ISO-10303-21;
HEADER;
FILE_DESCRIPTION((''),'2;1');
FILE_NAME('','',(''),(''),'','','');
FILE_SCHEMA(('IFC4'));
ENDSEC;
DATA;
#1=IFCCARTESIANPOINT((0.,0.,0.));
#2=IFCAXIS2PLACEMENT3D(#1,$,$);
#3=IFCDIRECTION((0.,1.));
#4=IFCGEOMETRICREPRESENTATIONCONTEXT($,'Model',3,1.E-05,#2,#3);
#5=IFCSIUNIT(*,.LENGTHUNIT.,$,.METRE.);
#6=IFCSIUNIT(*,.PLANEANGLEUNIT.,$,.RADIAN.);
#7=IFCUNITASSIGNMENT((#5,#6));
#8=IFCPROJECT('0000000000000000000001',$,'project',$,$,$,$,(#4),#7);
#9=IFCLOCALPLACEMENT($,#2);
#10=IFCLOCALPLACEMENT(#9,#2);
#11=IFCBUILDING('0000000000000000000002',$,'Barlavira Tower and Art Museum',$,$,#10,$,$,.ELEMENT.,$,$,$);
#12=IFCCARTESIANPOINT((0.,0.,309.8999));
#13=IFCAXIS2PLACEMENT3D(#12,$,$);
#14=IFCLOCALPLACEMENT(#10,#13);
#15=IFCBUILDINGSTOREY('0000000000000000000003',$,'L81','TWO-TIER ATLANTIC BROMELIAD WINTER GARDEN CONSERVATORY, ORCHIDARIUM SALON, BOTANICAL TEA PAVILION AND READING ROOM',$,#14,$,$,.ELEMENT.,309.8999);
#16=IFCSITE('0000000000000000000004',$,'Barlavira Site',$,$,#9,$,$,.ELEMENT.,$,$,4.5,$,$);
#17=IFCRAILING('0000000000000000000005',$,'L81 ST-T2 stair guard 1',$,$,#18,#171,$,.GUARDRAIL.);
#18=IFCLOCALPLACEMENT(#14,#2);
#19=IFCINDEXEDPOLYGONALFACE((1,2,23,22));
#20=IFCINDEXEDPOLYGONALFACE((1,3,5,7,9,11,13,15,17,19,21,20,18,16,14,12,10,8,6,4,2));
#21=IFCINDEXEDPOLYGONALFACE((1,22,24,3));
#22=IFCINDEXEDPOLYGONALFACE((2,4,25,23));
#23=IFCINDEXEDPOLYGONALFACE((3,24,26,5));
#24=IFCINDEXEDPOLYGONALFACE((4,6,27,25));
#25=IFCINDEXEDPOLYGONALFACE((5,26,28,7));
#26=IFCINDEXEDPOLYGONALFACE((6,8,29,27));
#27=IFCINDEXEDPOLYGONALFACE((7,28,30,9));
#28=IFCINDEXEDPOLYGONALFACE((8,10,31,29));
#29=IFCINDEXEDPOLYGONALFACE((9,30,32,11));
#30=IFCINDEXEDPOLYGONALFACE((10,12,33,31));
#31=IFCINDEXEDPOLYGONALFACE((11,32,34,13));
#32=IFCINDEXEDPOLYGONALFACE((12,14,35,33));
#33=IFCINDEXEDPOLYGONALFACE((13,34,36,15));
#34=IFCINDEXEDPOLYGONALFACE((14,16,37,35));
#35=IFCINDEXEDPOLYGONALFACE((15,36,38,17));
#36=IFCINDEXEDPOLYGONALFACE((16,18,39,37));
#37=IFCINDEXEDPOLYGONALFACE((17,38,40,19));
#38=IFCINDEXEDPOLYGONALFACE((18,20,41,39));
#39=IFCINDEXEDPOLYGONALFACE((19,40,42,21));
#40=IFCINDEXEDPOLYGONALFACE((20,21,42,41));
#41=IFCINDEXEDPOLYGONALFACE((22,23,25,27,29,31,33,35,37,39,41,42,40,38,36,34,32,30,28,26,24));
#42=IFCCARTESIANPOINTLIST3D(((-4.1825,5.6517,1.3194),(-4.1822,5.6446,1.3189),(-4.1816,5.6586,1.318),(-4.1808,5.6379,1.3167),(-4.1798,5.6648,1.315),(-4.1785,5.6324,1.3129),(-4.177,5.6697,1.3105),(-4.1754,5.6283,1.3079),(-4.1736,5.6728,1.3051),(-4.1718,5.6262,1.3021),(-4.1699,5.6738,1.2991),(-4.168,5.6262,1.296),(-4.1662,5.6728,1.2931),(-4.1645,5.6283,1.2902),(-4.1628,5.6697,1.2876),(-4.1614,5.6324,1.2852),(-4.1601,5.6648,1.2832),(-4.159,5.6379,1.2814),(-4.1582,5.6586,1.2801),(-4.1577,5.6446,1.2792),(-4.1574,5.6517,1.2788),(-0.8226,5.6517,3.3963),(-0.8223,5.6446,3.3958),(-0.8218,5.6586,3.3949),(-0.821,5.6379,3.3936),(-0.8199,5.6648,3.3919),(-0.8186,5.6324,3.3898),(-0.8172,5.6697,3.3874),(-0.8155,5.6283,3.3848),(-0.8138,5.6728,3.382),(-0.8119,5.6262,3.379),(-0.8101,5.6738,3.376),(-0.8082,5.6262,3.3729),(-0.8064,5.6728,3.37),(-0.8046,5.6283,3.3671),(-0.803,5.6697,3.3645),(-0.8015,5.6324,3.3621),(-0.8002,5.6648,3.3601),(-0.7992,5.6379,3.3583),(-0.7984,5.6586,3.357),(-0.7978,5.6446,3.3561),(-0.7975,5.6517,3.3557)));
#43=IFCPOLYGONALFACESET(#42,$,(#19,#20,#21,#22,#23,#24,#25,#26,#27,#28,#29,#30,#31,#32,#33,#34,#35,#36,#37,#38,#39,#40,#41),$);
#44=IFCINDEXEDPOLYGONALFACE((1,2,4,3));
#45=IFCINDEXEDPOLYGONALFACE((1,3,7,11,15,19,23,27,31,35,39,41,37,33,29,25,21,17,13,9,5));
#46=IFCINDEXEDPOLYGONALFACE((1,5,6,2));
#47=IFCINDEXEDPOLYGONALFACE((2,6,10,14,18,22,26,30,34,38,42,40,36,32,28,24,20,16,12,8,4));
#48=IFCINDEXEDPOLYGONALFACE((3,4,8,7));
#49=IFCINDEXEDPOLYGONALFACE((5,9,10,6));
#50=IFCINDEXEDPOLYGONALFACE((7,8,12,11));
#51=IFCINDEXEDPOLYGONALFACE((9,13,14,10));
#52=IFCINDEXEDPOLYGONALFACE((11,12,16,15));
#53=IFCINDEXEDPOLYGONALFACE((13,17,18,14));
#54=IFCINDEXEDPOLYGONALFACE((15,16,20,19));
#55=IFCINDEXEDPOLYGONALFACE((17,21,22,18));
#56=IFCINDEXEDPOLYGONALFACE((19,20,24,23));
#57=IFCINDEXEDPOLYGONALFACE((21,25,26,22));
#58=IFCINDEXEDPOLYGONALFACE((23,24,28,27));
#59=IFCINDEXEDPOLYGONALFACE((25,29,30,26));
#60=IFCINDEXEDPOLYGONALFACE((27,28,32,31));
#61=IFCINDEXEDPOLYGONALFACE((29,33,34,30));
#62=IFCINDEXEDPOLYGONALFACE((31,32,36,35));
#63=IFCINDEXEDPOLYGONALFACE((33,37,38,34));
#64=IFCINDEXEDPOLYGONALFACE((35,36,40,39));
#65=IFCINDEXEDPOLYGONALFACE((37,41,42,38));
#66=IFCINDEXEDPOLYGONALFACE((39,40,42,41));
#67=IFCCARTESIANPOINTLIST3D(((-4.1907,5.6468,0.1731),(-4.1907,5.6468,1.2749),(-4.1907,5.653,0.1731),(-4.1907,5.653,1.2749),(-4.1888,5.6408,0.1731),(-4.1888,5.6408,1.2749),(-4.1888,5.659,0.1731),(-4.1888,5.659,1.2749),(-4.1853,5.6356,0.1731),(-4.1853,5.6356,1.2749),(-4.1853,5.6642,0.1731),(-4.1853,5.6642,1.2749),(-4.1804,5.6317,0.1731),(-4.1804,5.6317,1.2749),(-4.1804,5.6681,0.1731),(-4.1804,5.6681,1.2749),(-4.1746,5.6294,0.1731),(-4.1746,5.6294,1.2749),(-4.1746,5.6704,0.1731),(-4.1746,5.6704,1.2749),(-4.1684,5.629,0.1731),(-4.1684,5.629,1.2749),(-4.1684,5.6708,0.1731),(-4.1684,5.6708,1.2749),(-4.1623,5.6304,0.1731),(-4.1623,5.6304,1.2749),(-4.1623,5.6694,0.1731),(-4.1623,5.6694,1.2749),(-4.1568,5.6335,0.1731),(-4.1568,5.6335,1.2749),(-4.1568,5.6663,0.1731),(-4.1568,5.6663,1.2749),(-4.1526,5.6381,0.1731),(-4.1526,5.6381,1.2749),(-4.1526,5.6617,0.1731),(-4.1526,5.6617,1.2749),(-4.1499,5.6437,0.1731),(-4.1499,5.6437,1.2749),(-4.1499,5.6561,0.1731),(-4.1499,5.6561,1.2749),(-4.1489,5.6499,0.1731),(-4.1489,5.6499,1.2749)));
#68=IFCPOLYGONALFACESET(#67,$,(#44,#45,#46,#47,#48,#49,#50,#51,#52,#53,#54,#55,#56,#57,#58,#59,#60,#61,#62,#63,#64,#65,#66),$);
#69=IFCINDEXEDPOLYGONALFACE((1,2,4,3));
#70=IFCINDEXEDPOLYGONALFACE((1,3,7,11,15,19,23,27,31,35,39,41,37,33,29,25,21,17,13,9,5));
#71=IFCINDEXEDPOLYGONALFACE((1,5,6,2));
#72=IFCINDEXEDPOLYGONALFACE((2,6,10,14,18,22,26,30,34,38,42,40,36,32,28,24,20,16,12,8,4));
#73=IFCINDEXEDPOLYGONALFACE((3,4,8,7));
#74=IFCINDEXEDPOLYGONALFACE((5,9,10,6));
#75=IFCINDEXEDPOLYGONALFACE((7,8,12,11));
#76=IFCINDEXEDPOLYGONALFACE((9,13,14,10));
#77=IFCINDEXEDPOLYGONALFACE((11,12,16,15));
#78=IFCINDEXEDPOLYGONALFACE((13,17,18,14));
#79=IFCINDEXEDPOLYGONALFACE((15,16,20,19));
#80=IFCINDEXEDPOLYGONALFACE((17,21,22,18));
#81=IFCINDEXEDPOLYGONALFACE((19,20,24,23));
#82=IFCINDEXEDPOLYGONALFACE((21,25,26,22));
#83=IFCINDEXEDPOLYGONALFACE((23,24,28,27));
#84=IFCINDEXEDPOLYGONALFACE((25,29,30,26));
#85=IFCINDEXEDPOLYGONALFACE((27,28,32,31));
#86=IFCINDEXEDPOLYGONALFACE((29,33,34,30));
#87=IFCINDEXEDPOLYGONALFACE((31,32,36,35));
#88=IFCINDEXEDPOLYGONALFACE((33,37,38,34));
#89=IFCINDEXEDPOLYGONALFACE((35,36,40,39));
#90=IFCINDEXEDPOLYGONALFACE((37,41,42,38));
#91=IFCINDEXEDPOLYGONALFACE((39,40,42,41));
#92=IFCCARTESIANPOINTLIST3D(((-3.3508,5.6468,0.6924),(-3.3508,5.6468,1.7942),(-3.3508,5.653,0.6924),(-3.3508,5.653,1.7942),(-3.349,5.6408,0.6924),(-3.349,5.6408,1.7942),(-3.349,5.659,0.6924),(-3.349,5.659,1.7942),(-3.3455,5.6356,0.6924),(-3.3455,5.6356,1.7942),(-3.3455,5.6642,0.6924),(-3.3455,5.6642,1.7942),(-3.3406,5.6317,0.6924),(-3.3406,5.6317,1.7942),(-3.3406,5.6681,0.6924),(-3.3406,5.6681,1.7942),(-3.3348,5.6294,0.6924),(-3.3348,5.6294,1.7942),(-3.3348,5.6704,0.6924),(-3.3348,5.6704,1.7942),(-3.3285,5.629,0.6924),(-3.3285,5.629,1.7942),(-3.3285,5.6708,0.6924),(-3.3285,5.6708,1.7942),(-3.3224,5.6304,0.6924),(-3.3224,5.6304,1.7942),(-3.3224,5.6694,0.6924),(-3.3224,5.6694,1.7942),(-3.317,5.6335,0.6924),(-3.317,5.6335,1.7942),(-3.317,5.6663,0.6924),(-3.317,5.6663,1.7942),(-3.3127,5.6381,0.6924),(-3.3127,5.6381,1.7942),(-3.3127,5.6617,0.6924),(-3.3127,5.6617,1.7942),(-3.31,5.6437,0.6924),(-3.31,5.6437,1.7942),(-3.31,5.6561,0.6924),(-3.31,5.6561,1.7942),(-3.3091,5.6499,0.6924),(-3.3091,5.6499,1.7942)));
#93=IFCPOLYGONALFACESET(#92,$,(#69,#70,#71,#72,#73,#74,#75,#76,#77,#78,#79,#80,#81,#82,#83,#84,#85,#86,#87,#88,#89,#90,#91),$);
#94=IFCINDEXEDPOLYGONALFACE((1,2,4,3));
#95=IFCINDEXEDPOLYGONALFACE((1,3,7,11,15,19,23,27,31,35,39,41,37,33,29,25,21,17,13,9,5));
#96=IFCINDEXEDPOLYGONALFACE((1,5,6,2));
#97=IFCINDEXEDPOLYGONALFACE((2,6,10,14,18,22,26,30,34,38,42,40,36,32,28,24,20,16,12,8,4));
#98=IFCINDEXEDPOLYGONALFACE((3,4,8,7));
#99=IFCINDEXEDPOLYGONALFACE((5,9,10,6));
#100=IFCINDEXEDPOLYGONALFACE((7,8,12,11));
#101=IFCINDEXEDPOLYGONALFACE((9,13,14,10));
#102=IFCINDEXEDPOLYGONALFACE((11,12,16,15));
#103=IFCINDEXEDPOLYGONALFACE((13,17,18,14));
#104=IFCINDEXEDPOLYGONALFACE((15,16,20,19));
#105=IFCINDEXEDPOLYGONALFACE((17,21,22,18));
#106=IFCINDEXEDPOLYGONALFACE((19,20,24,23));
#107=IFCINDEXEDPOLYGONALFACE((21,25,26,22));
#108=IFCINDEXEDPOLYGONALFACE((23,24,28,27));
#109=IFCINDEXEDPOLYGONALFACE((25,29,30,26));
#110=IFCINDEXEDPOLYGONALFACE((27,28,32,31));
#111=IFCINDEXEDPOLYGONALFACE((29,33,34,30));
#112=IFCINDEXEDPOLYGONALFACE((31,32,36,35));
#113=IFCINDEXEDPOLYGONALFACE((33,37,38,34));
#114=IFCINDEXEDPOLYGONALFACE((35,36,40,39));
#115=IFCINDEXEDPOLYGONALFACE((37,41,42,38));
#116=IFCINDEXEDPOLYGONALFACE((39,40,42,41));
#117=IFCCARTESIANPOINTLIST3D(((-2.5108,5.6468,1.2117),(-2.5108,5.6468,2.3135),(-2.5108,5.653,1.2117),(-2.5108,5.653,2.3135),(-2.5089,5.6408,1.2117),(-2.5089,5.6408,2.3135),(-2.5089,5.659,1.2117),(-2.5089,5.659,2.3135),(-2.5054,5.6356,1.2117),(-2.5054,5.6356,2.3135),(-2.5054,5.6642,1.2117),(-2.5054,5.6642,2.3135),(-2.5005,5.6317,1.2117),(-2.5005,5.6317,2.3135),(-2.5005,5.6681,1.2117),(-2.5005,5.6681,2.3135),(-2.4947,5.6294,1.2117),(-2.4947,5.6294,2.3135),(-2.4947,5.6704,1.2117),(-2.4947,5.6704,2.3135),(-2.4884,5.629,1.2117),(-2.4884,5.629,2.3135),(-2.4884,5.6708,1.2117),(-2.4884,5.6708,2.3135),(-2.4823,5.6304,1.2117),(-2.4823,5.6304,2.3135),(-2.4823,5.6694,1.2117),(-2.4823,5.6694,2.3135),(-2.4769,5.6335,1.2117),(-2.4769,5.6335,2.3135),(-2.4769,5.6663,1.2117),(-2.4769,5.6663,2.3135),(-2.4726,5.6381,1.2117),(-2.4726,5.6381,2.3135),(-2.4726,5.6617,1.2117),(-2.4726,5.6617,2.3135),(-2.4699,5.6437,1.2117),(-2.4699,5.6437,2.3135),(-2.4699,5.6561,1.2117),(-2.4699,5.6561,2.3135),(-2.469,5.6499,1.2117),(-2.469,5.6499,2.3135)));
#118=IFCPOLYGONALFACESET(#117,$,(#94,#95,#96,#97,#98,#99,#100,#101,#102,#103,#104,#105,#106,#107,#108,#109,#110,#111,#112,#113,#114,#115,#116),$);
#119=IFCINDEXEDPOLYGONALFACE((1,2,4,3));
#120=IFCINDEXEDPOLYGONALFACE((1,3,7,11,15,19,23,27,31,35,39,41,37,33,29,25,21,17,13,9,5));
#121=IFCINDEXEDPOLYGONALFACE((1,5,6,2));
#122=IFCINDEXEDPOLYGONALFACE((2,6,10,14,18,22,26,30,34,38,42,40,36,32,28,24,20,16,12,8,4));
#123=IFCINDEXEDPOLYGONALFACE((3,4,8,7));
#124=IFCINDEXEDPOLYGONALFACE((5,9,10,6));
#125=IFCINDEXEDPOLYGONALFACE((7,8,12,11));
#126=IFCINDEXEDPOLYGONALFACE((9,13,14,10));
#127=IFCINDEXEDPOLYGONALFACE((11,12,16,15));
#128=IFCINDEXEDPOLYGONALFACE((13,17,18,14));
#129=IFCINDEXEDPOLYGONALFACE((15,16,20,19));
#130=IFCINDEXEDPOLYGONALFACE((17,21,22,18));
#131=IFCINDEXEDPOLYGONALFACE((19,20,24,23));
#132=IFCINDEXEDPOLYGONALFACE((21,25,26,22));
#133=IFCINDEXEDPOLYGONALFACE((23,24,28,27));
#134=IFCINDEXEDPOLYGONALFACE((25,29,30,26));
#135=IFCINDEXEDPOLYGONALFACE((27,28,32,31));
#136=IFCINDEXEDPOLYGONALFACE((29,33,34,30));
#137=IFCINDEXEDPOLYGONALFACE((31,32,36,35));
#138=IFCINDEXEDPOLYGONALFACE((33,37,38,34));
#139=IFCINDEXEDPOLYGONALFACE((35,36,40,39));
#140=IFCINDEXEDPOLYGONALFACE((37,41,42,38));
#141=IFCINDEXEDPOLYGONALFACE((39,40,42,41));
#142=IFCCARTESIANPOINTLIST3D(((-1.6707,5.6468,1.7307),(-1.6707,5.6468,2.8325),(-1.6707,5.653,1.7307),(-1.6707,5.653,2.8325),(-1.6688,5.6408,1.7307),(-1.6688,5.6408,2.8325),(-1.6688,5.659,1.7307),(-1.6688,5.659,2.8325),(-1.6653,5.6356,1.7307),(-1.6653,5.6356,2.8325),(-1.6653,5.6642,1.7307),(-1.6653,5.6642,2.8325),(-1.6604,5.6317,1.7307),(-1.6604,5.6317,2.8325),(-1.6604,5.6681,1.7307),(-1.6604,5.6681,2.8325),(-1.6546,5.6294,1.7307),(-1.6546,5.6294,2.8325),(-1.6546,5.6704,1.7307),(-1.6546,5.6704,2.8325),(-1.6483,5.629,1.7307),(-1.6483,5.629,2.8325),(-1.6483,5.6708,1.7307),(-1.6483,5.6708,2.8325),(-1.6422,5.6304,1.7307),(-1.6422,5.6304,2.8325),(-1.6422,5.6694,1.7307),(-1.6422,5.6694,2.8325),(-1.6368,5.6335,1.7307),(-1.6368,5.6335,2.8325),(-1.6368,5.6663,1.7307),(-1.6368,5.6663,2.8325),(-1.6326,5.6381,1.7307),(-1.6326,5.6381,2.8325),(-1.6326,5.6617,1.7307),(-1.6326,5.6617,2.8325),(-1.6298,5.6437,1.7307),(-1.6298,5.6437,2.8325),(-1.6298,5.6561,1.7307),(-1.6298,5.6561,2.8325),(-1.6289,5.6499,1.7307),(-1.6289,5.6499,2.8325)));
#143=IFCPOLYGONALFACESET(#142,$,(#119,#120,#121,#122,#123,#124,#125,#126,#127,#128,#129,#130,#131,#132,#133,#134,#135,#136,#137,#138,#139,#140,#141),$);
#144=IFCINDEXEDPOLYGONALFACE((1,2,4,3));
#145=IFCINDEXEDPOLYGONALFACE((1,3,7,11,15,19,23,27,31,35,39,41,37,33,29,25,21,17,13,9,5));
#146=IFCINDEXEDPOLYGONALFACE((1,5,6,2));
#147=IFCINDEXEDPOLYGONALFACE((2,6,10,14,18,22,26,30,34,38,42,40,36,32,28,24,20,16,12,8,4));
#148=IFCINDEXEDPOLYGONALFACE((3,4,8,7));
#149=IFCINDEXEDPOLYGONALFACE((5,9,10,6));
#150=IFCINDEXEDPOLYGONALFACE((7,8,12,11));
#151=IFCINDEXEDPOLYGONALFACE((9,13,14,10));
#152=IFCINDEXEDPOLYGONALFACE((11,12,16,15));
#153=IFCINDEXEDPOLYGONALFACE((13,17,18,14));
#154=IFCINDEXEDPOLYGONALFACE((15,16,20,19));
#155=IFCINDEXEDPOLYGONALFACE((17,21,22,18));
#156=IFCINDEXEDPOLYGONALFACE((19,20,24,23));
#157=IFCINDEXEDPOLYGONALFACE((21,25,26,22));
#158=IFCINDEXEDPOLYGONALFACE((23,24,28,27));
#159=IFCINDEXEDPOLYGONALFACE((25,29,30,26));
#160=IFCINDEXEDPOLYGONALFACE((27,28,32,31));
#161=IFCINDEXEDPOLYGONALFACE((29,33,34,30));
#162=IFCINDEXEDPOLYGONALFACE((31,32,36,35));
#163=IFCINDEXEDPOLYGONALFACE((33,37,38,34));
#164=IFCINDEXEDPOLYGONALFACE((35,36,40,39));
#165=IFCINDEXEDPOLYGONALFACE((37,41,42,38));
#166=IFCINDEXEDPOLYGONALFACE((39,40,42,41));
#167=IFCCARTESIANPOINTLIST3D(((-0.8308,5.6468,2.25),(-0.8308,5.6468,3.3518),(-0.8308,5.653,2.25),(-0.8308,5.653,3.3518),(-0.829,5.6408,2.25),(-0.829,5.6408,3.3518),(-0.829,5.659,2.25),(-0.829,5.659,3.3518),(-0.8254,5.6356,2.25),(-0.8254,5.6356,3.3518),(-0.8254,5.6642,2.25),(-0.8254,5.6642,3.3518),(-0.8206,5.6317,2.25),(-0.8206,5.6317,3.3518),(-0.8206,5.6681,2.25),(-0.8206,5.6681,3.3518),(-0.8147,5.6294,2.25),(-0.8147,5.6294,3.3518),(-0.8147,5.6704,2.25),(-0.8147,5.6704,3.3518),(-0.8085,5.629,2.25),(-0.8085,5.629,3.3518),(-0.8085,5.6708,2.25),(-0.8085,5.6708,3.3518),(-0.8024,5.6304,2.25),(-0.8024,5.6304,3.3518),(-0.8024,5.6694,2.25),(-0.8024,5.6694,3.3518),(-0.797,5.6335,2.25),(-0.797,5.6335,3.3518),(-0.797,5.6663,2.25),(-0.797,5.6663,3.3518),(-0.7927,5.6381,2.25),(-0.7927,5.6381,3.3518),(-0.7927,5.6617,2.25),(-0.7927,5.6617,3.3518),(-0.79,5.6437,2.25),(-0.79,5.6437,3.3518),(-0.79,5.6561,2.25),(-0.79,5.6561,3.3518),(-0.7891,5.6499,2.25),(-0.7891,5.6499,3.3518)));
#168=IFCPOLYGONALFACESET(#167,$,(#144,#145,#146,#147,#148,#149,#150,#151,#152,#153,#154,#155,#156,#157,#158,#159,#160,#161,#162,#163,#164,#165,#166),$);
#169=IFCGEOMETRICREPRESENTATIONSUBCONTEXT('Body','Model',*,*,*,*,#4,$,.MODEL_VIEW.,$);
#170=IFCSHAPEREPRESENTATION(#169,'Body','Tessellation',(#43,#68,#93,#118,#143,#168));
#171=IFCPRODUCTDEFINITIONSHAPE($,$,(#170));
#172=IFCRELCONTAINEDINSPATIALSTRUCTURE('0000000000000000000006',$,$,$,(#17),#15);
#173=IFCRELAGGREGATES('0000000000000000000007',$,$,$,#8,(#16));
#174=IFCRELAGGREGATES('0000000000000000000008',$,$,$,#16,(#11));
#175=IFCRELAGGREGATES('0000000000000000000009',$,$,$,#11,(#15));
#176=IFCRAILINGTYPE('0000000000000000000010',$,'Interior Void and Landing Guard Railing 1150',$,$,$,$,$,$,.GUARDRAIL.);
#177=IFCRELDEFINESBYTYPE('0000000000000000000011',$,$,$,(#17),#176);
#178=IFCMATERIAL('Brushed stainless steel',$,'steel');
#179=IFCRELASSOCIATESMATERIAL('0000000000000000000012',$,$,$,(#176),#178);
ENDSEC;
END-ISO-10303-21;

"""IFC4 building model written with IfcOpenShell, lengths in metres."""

from ifc_helpers import new_model, si_unit, direction, frame, origin, origin_2d, place, context, subcontext, project, spatial, circle, extrude, material, type_object, element, save


model = new_model("IFC4")

# Units and contexts
model_context = context("Model", 3, precision=1e-05, world=origin(), true_north=direction((0.0, 1.0)))
body_context = subcontext(model_context, "Body", "Model", "MODEL_VIEW")
ifc_project = project(units=[si_unit("LENGTHUNIT", "METRE"), si_unit("PLANEANGLEUNIT", "RADIAN")], contexts=[model_context])

# Site, building, storey
site_placement = place(None, origin())
site = spatial("IfcSite", under=ifc_project, at=site_placement, Name="Barlavira Site", CompositionType="ELEMENT", RefElevation=4.5)
building_placement = place(site_placement, origin())
building = spatial("IfcBuilding", under=site, at=building_placement, Name="Barlavira Tower and Art Museum", CompositionType="ELEMENT")
storey_placement = place(building_placement, frame((0.0, 0.0, 309.8999)))
storey = spatial("IfcBuildingStorey", under=building, at=storey_placement, Name="L81", Description="TWO-TIER ATLANTIC BROMELIAD WINTER GARDEN CONSERVATORY, ORCHIDARIUM SALON, BOTANICAL TEA PAVILION AND READING ROOM", CompositionType="ELEMENT", Elevation=309.8999)

# Shared definitions
ifc_material_1 = material(Name="Brushed stainless steel", Category="steel")

# Railing
railing_type_1 = type_object("IfcRailingType", Name="Interior Void and Landing Guard Railing 1150", PredefinedType="GUARDRAIL", material=ifc_material_1)
railing_1_placement = place(storey_placement, frame((-4.1699, 5.6499, 0.1731)))
element("IfcRailing", 1, at=railing_1_placement, inside=storey, type_object=railing_type_1, Name="L81 ST-T2 stair guard 1", PredefinedType="GUARDRAIL", context=body_context, shape_type="SweptSolid", body=[
    extrude(circle(Radius=0.0239, at=origin_2d()), frame((0.0, 0.0, 1.126), z_axis=(0.850606, 0.0, 0.525803), x_axis=(0.0, 1.0, 0.0)), (0.0, 0.0, 1.0), 3.95),
    extrude(circle(Radius=0.021, at=origin_2d()), origin(), (0.0, 0.0, 1.0), 1.1018),
    extrude(circle(Radius=0.021, at=origin_2d()), frame((0.8398, 0.0, 0.5193)), (0.0, 0.0, 1.0), 1.1018),
    extrude(circle(Radius=0.021, at=origin_2d()), frame((1.6799, 0.0, 1.0386)), (0.0, 0.0, 1.0), 1.1018),
    extrude(circle(Radius=0.021, at=origin_2d()), frame((2.52, 0.0, 1.5576)), (0.0, 0.0, 1.0), 1.1018),
    extrude(circle(Radius=0.021, at=origin_2d()), frame((3.3599, 0.0, 2.0769)), (0.0, 0.0, 1.0), 1.1018),
])

save(model, "model.ifc")
